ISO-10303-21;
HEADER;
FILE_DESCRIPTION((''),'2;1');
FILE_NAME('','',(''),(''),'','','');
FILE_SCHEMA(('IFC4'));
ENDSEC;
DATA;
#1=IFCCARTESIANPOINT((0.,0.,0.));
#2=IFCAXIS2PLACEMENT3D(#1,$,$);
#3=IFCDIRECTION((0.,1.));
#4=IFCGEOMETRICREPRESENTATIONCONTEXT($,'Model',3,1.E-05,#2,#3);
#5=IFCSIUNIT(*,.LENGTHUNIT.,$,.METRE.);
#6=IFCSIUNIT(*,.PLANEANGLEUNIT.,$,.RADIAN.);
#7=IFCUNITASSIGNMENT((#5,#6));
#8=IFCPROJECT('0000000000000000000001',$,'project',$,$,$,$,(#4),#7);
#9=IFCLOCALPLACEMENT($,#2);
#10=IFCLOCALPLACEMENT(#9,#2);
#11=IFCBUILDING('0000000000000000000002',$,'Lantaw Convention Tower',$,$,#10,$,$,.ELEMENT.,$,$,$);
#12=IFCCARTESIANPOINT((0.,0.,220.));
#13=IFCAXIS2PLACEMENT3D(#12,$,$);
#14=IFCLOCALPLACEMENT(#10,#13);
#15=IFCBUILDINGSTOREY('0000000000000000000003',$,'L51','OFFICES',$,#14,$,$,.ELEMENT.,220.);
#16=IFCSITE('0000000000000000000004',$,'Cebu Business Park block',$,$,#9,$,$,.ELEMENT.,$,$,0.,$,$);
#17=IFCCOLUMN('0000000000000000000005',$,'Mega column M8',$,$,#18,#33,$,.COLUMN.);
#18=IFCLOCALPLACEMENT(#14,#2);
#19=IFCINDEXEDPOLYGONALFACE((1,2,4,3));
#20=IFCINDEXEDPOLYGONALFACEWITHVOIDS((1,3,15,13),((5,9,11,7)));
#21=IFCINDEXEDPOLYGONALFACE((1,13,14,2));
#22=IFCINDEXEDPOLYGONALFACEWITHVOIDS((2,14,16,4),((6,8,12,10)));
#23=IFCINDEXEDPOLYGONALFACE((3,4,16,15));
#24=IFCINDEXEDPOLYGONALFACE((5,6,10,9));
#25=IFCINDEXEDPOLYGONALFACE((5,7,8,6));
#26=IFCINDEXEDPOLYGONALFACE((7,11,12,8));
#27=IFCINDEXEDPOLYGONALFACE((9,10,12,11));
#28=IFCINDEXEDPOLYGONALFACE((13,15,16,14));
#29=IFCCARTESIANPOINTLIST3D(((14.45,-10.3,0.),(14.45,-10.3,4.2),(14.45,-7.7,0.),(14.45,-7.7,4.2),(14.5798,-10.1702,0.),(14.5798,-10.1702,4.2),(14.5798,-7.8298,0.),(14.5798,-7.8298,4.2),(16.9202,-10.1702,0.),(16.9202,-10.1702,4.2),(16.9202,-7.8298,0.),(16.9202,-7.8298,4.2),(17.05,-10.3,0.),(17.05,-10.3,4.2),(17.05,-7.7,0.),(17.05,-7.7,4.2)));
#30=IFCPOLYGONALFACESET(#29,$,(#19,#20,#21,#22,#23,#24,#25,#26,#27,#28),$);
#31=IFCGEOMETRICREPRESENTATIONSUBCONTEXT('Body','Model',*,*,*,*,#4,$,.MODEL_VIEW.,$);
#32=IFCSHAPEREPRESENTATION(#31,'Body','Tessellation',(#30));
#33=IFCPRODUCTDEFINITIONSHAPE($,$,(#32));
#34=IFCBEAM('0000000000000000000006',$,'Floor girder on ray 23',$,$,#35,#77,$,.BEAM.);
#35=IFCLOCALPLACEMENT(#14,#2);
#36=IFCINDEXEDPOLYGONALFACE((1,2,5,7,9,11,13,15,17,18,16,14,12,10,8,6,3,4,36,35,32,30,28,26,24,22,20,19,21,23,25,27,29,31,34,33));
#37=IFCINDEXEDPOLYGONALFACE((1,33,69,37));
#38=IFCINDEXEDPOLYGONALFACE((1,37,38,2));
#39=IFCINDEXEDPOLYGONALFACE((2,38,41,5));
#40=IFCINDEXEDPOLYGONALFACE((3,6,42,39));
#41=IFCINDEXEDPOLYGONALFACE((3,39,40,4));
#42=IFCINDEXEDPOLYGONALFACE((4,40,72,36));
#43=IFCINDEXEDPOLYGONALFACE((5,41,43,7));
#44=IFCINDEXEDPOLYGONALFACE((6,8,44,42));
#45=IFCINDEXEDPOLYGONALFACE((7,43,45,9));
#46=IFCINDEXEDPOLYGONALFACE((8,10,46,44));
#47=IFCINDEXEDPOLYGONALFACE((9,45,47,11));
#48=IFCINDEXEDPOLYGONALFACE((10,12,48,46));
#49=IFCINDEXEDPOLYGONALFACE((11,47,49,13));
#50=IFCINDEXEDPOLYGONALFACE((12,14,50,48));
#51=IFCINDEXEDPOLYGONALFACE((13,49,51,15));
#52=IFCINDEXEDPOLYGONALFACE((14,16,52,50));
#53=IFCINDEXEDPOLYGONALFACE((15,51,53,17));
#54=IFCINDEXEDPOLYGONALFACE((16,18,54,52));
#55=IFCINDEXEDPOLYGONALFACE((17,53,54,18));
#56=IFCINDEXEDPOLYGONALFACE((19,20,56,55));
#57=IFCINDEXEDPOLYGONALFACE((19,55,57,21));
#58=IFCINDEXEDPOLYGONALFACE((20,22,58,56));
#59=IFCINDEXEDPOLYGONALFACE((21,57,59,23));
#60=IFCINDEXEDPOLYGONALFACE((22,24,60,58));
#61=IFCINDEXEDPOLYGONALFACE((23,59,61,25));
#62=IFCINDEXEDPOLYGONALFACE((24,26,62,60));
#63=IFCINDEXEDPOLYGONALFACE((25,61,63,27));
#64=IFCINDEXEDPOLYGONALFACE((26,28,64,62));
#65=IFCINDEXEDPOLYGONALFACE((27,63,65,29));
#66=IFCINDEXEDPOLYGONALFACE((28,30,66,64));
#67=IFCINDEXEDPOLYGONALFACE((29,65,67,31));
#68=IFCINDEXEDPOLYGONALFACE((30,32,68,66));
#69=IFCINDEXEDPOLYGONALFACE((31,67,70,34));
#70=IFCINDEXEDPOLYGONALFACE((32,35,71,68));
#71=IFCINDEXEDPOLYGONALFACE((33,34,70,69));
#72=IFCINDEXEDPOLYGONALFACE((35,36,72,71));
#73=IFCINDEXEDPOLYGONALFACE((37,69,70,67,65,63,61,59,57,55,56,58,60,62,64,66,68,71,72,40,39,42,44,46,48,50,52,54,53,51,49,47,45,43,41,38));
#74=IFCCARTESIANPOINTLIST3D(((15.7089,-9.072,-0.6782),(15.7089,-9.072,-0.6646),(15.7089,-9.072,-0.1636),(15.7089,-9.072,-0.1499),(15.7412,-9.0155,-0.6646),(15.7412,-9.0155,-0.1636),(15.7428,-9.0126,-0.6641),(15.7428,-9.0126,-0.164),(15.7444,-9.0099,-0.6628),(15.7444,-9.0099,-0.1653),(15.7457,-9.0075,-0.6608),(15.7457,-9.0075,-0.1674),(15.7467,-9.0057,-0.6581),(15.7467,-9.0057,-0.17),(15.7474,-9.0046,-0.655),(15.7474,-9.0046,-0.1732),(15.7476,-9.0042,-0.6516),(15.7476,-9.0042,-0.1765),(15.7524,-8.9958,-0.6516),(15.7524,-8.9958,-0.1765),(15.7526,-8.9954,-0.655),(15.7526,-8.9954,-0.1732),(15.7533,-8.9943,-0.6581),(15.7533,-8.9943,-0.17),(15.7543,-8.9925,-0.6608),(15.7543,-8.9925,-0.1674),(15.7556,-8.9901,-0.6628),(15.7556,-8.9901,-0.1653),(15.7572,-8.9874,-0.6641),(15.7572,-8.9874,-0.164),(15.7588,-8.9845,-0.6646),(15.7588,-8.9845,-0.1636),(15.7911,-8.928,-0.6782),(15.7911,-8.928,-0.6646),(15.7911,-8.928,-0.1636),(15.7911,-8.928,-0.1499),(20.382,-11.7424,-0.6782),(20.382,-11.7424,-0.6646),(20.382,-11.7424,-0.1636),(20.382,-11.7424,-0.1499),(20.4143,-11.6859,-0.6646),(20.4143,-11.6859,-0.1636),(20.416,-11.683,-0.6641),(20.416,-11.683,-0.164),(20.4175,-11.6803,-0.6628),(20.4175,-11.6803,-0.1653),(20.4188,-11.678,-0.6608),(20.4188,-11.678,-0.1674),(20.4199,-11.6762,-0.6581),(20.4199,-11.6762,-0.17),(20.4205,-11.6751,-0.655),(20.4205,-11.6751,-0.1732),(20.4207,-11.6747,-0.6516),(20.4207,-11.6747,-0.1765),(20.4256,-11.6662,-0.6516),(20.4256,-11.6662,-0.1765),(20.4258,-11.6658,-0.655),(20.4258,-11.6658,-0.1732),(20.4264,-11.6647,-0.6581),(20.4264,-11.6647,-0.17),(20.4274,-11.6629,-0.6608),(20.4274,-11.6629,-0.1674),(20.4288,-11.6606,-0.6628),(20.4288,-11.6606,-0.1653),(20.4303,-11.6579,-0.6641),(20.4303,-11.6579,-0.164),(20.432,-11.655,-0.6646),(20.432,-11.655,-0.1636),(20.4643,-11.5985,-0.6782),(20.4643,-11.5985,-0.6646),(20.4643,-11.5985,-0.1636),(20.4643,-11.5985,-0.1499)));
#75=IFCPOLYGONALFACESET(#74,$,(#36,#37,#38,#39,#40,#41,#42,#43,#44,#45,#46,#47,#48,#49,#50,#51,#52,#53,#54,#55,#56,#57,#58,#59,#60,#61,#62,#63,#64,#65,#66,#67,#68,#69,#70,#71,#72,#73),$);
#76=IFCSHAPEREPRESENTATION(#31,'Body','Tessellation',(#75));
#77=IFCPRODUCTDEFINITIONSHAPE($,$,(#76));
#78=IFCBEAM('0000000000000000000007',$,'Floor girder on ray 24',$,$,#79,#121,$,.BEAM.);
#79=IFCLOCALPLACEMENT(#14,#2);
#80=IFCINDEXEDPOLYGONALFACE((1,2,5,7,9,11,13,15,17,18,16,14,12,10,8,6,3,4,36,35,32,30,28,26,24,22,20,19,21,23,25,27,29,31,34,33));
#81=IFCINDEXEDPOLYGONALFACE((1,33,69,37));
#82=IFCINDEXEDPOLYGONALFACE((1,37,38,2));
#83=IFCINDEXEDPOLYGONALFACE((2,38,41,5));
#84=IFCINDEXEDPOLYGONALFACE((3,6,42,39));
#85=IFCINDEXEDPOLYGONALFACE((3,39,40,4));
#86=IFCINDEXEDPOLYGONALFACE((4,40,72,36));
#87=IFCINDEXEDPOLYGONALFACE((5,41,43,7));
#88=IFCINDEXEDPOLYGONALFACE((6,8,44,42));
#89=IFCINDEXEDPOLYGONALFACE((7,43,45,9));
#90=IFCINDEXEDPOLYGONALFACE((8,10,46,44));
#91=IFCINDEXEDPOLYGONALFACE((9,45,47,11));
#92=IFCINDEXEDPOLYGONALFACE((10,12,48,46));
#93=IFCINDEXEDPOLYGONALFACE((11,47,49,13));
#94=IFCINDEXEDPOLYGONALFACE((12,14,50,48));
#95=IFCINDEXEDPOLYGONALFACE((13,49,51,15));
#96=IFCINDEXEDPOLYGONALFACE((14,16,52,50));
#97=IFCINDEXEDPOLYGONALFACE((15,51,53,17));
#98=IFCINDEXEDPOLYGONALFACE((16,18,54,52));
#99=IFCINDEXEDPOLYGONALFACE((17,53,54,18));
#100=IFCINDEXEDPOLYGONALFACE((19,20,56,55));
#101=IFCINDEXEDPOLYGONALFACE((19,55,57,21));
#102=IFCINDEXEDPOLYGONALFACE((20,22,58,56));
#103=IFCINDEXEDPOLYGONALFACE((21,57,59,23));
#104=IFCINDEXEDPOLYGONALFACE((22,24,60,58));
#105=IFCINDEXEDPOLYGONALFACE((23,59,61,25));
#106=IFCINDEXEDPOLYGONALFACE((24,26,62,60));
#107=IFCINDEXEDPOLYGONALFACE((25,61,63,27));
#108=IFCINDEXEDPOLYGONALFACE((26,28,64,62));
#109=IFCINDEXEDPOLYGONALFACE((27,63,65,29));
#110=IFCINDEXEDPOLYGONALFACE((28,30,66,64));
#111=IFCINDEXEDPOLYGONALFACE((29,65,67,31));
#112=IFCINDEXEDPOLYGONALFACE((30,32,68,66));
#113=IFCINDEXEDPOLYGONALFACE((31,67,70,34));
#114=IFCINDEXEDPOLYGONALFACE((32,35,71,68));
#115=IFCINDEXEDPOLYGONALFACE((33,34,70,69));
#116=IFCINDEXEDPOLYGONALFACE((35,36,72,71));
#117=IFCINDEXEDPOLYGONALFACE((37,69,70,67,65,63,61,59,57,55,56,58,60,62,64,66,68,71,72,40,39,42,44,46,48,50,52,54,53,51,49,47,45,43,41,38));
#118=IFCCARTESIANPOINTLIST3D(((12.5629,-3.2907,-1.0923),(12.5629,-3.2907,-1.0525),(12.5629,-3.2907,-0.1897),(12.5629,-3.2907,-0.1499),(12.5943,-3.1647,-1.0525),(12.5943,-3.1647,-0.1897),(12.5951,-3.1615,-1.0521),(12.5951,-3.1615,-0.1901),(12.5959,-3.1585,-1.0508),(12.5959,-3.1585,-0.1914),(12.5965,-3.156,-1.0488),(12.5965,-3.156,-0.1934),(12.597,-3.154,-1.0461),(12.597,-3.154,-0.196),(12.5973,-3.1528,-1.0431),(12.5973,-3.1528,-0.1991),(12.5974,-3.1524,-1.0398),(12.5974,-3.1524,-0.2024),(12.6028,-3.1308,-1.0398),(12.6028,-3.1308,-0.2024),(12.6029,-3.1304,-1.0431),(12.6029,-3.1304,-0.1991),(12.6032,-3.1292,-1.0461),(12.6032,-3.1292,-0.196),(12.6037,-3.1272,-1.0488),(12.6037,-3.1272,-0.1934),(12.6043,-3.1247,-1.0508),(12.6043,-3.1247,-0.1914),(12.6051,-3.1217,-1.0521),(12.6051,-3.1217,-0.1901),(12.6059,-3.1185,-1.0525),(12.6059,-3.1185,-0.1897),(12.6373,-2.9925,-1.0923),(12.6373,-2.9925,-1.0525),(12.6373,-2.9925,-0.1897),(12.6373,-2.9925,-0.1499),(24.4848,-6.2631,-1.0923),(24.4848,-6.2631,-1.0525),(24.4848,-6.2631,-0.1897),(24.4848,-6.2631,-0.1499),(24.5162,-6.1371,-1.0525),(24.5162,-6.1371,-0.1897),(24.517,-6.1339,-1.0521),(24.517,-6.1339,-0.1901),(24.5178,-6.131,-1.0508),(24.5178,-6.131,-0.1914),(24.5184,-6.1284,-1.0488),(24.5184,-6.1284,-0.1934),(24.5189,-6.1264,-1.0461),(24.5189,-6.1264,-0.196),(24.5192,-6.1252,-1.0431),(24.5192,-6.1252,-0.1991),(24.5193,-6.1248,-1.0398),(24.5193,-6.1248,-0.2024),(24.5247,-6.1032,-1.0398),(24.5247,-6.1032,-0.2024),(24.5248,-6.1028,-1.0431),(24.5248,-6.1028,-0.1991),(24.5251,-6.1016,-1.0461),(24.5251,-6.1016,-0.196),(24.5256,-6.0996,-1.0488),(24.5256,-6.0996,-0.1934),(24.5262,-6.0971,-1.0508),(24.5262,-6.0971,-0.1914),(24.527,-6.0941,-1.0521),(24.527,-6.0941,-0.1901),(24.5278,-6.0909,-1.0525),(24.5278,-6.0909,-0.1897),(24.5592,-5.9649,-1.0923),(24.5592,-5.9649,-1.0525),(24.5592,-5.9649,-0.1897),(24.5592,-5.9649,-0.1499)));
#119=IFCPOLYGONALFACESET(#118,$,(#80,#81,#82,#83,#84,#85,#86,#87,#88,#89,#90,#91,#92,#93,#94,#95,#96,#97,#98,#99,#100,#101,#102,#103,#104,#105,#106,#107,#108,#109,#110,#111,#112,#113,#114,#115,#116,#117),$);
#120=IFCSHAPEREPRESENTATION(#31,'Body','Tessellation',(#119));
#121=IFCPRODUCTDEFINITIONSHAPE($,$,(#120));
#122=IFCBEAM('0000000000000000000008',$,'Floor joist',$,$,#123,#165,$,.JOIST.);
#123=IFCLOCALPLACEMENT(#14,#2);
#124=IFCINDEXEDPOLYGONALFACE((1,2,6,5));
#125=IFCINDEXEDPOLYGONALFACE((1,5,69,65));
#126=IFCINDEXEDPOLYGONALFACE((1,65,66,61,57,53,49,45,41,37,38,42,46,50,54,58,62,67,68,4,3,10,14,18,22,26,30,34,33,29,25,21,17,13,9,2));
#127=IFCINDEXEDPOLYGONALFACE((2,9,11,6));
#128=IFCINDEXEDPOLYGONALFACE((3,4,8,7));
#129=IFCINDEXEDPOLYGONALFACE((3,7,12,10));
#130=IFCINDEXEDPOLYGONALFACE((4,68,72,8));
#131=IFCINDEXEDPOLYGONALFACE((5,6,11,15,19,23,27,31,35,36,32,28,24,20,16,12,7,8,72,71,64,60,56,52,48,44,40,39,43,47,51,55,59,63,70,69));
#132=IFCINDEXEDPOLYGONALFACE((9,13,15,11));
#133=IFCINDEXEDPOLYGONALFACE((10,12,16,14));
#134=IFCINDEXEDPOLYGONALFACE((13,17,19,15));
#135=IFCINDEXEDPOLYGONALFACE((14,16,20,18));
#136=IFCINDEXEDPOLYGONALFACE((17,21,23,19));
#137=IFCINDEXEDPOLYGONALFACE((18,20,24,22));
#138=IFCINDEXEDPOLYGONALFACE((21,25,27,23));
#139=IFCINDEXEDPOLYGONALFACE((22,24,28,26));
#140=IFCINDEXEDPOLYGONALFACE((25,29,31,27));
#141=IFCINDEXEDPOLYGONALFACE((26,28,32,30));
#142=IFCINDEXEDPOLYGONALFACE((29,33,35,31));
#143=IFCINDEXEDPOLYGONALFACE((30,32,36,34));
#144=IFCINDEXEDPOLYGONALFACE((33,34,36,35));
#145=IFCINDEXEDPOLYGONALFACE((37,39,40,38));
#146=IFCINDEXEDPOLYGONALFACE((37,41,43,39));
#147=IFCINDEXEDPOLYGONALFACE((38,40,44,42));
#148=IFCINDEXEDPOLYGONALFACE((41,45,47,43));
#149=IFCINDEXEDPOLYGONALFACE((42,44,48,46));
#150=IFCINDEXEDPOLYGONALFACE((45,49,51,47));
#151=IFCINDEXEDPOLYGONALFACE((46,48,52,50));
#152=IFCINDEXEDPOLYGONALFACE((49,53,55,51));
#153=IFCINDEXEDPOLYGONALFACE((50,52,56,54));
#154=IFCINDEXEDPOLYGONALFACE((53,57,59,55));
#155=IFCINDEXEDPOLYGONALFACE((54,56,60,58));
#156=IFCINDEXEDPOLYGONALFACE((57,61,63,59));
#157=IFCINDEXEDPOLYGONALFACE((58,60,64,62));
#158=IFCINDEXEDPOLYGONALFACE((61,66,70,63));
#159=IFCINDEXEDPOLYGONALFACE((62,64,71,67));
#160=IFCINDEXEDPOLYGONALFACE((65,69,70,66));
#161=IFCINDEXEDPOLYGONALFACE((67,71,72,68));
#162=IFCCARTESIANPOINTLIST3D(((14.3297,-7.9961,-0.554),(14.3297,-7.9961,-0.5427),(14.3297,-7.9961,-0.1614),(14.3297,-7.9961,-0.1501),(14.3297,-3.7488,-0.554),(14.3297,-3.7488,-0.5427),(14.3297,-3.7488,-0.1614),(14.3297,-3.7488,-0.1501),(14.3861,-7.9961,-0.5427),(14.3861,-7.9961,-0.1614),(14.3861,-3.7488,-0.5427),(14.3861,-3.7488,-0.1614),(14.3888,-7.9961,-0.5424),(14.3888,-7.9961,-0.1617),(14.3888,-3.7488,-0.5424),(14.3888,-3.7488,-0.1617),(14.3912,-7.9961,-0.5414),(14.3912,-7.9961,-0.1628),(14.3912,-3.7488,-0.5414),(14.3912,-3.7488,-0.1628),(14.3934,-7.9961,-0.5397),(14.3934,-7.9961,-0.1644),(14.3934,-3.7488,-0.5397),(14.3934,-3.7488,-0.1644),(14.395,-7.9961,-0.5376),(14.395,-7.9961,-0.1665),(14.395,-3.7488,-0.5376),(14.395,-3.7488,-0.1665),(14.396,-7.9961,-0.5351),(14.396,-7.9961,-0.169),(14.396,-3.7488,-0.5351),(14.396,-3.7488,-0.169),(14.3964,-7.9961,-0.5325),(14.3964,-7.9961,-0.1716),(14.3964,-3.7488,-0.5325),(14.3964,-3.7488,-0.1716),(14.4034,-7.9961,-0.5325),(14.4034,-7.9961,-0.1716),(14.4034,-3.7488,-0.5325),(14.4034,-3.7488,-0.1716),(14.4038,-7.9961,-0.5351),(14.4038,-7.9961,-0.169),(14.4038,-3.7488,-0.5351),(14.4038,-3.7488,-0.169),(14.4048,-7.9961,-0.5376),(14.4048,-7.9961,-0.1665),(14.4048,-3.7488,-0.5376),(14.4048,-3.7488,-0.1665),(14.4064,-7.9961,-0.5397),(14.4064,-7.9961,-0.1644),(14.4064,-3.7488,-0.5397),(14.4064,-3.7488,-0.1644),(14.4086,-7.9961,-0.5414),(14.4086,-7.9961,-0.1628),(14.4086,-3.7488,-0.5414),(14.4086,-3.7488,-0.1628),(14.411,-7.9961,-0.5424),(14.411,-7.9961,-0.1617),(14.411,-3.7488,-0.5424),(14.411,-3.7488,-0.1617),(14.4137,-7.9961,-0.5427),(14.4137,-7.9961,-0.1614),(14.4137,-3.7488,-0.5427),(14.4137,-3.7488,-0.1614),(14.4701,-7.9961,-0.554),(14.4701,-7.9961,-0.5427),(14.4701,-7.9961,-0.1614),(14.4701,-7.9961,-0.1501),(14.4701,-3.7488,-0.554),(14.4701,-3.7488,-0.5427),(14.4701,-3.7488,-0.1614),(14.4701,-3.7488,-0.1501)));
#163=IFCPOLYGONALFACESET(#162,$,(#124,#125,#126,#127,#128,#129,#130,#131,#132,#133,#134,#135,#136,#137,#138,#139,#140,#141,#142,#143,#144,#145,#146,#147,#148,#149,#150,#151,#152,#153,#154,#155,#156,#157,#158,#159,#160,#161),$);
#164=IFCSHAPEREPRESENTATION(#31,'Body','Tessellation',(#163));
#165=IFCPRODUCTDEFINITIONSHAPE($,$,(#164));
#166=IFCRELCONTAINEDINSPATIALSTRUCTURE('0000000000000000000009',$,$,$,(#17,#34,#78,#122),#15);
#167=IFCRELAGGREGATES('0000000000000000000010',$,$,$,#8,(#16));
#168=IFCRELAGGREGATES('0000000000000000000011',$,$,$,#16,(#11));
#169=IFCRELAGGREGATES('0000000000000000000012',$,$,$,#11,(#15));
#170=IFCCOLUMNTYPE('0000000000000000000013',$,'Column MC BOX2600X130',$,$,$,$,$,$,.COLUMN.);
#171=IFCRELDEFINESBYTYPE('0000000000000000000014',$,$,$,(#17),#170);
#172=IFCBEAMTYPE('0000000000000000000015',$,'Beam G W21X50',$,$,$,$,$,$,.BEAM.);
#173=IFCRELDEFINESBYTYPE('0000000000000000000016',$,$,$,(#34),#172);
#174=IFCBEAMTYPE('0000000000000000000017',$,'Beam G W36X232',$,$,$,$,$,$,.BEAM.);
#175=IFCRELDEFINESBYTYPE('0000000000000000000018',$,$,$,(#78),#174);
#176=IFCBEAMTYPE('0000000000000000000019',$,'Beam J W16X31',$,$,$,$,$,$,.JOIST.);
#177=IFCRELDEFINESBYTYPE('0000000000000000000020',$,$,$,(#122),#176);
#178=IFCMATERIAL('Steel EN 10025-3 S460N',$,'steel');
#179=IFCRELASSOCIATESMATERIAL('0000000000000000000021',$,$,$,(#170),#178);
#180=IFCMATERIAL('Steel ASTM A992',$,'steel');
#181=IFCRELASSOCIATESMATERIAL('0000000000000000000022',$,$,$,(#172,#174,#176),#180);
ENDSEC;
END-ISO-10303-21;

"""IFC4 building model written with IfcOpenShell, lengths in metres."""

from ifc_helpers import new_model, si_unit, direction, frame, origin, origin_2d, place, context, subcontext, project, spatial, rectangle, hollow_rectangle, i_section, extrude, material, material_profile, profile_set, type_object, element, save


model = new_model("IFC4")

# Units and contexts
model_context = context("Model", 3, precision=1e-05, world=origin(), true_north=direction((0.0, 1.0)))
body_context = subcontext(model_context, "Body", "Model", "MODEL_VIEW")
ifc_project = project(units=[si_unit("LENGTHUNIT", "METRE"), si_unit("PLANEANGLEUNIT", "RADIAN")], contexts=[model_context])

# Site, building, storey
site_placement = place(None, origin())
site = spatial("IfcSite", under=ifc_project, at=site_placement, Name="Cebu Business Park block", CompositionType="ELEMENT", RefElevation=0.0)
building_placement = place(site_placement, origin())
building = spatial("IfcBuilding", under=site, at=building_placement, Name="Lantaw Convention Tower", CompositionType="ELEMENT")
storey_placement = place(building_placement, frame((0.0, 0.0, 220.0)))
storey = spatial("IfcBuildingStorey", under=building, at=storey_placement, Name="L51", Description="OFFICES", CompositionType="ELEMENT", Elevation=220.0)

# Column
ifc_material_1 = material(Name="Steel EN 10025-3 S460N", Category="steel")
ifc_material_profile_1 = material_profile(ifc_material_1, hollow_rectangle(XDim=2.6001, YDim=2.6001, WallThickness=0.1299, at=origin_2d()), Name="BOX2600X130")
ifc_material_2 = material(Name="Concrete C60/75", Category="concrete")
ifc_material_profile_2 = material_profile(ifc_material_2, rectangle(XDim=2.3401, YDim=2.3401, at=origin_2d()), Name="Concrete fill of BOX2600X130")
ifc_profile_set_1 = profile_set([ifc_material_profile_1, ifc_material_profile_2], Name="Steel EN 10025-3 S460N")
column_type = type_object("IfcColumnType", Name="Column MC BOX2600X130", PredefinedType="COLUMN", material=ifc_profile_set_1)
column_placement = place(storey_placement, frame((15.75, -9.0, 0.0), z_axis=(0.0, 0.0, 1.0), x_axis=(1.0, 0.0, 0.0)))
element("IfcColumn", 1, at=column_placement, inside=storey, type_object=column_type, Name="Mega column M8", PredefinedType="COLUMN", context=body_context, shape_type="SweptSolid", body=[
    extrude(hollow_rectangle(XDim=2.6001, YDim=2.6001, WallThickness=0.1299, at=origin_2d()), origin(), (0.0, 0.0, 1.0), 4.2),
])

# Beams
ifc_material_3 = material(Name="Steel ASTM A992", Category="steel")
ifc_material_profile_3 = material_profile(ifc_material_3, i_section(OverallWidth=0.1658, OverallDepth=0.5283, WebThickness=0.0098, FlangeThickness=0.0137, FilletRadius=0.0129, at=origin_2d()), Name="W21X50")
ifc_profile_set_2 = profile_set([ifc_material_profile_3], Name="Steel ASTM A992")
beam_type_1 = type_object("IfcBeamType", Name="Beam G W21X50", PredefinedType="BEAM", material=ifc_profile_set_2)
beam_1_placement = place(storey_placement, frame((15.75, -9.0, -0.4141), z_axis=(0.868238, -0.496149, 0.0), x_axis=(0.496149, 0.868238, 0.0)))
element("IfcBeam", 2, at=beam_1_placement, inside=storey, type_object=beam_type_1, Name="Floor girder on ray 23", PredefinedType="BEAM", context=body_context, shape_type="SweptSolid", body=[
    extrude(i_section(OverallWidth=0.1658, OverallDepth=0.5283, WebThickness=0.0098, FlangeThickness=0.0137, FilletRadius=0.0129, at=origin_2d()), origin(), (0.0, 0.0, 1.0), 5.3823),
])
ifc_material_profile_4 = material_profile(ifc_material_3, i_section(OverallWidth=0.3074, OverallDepth=0.9424, WebThickness=0.0222, FlangeThickness=0.0398, FilletRadius=0.0127, at=origin_2d()), Name="W36X232")
ifc_profile_set_3 = profile_set([ifc_material_profile_4], Name="Steel ASTM A992")
beam_type_2 = type_object("IfcBeamType", Name="Beam G W36X232", PredefinedType="BEAM", material=ifc_profile_set_3)
beam_2_placement = place(storey_placement, frame((12.6001, -3.1416, -0.6211), z_axis=(0.970297, -0.241918, 0.0), x_axis=(0.241918, 0.970297, 0.0)))
element("IfcBeam", 3, at=beam_2_placement, inside=storey, type_object=beam_type_2, Name="Floor girder on ray 24", PredefinedType="BEAM", context=body_context, shape_type="SweptSolid", body=[
    extrude(i_section(OverallWidth=0.3074, OverallDepth=0.9424, WebThickness=0.0222, FlangeThickness=0.0398, FilletRadius=0.0127, at=origin_2d()), origin(), (0.0, 0.0, 1.0), 12.2869),
])
ifc_material_profile_5 = material_profile(ifc_material_3, i_section(OverallWidth=0.1404, OverallDepth=0.4038, WebThickness=0.0071, FlangeThickness=0.0112, FilletRadius=0.0103, at=origin_2d()), Name="W16X31")
ifc_profile_set_4 = profile_set([ifc_material_profile_5], Name="Steel ASTM A992")
beam_type_3 = type_object("IfcBeamType", Name="Beam J W16X31", PredefinedType="JOIST", material=ifc_profile_set_4)
beam_3_placement = place(storey_placement, frame((14.3999, -7.9961, -0.3521), z_axis=(0.0, 1.0, 0.0), x_axis=(-1.0, 0.0, 0.0)))
element("IfcBeam", 4, at=beam_3_placement, inside=storey, type_object=beam_type_3, Name="Floor joist", PredefinedType="JOIST", context=body_context, shape_type="SweptSolid", body=[
    extrude(i_section(OverallWidth=0.1404, OverallDepth=0.4038, WebThickness=0.0071, FlangeThickness=0.0112, FilletRadius=0.0103, at=origin_2d()), origin(), (0.0, 0.0, 1.0), 4.2473),
])

save(model, "model.ifc")
